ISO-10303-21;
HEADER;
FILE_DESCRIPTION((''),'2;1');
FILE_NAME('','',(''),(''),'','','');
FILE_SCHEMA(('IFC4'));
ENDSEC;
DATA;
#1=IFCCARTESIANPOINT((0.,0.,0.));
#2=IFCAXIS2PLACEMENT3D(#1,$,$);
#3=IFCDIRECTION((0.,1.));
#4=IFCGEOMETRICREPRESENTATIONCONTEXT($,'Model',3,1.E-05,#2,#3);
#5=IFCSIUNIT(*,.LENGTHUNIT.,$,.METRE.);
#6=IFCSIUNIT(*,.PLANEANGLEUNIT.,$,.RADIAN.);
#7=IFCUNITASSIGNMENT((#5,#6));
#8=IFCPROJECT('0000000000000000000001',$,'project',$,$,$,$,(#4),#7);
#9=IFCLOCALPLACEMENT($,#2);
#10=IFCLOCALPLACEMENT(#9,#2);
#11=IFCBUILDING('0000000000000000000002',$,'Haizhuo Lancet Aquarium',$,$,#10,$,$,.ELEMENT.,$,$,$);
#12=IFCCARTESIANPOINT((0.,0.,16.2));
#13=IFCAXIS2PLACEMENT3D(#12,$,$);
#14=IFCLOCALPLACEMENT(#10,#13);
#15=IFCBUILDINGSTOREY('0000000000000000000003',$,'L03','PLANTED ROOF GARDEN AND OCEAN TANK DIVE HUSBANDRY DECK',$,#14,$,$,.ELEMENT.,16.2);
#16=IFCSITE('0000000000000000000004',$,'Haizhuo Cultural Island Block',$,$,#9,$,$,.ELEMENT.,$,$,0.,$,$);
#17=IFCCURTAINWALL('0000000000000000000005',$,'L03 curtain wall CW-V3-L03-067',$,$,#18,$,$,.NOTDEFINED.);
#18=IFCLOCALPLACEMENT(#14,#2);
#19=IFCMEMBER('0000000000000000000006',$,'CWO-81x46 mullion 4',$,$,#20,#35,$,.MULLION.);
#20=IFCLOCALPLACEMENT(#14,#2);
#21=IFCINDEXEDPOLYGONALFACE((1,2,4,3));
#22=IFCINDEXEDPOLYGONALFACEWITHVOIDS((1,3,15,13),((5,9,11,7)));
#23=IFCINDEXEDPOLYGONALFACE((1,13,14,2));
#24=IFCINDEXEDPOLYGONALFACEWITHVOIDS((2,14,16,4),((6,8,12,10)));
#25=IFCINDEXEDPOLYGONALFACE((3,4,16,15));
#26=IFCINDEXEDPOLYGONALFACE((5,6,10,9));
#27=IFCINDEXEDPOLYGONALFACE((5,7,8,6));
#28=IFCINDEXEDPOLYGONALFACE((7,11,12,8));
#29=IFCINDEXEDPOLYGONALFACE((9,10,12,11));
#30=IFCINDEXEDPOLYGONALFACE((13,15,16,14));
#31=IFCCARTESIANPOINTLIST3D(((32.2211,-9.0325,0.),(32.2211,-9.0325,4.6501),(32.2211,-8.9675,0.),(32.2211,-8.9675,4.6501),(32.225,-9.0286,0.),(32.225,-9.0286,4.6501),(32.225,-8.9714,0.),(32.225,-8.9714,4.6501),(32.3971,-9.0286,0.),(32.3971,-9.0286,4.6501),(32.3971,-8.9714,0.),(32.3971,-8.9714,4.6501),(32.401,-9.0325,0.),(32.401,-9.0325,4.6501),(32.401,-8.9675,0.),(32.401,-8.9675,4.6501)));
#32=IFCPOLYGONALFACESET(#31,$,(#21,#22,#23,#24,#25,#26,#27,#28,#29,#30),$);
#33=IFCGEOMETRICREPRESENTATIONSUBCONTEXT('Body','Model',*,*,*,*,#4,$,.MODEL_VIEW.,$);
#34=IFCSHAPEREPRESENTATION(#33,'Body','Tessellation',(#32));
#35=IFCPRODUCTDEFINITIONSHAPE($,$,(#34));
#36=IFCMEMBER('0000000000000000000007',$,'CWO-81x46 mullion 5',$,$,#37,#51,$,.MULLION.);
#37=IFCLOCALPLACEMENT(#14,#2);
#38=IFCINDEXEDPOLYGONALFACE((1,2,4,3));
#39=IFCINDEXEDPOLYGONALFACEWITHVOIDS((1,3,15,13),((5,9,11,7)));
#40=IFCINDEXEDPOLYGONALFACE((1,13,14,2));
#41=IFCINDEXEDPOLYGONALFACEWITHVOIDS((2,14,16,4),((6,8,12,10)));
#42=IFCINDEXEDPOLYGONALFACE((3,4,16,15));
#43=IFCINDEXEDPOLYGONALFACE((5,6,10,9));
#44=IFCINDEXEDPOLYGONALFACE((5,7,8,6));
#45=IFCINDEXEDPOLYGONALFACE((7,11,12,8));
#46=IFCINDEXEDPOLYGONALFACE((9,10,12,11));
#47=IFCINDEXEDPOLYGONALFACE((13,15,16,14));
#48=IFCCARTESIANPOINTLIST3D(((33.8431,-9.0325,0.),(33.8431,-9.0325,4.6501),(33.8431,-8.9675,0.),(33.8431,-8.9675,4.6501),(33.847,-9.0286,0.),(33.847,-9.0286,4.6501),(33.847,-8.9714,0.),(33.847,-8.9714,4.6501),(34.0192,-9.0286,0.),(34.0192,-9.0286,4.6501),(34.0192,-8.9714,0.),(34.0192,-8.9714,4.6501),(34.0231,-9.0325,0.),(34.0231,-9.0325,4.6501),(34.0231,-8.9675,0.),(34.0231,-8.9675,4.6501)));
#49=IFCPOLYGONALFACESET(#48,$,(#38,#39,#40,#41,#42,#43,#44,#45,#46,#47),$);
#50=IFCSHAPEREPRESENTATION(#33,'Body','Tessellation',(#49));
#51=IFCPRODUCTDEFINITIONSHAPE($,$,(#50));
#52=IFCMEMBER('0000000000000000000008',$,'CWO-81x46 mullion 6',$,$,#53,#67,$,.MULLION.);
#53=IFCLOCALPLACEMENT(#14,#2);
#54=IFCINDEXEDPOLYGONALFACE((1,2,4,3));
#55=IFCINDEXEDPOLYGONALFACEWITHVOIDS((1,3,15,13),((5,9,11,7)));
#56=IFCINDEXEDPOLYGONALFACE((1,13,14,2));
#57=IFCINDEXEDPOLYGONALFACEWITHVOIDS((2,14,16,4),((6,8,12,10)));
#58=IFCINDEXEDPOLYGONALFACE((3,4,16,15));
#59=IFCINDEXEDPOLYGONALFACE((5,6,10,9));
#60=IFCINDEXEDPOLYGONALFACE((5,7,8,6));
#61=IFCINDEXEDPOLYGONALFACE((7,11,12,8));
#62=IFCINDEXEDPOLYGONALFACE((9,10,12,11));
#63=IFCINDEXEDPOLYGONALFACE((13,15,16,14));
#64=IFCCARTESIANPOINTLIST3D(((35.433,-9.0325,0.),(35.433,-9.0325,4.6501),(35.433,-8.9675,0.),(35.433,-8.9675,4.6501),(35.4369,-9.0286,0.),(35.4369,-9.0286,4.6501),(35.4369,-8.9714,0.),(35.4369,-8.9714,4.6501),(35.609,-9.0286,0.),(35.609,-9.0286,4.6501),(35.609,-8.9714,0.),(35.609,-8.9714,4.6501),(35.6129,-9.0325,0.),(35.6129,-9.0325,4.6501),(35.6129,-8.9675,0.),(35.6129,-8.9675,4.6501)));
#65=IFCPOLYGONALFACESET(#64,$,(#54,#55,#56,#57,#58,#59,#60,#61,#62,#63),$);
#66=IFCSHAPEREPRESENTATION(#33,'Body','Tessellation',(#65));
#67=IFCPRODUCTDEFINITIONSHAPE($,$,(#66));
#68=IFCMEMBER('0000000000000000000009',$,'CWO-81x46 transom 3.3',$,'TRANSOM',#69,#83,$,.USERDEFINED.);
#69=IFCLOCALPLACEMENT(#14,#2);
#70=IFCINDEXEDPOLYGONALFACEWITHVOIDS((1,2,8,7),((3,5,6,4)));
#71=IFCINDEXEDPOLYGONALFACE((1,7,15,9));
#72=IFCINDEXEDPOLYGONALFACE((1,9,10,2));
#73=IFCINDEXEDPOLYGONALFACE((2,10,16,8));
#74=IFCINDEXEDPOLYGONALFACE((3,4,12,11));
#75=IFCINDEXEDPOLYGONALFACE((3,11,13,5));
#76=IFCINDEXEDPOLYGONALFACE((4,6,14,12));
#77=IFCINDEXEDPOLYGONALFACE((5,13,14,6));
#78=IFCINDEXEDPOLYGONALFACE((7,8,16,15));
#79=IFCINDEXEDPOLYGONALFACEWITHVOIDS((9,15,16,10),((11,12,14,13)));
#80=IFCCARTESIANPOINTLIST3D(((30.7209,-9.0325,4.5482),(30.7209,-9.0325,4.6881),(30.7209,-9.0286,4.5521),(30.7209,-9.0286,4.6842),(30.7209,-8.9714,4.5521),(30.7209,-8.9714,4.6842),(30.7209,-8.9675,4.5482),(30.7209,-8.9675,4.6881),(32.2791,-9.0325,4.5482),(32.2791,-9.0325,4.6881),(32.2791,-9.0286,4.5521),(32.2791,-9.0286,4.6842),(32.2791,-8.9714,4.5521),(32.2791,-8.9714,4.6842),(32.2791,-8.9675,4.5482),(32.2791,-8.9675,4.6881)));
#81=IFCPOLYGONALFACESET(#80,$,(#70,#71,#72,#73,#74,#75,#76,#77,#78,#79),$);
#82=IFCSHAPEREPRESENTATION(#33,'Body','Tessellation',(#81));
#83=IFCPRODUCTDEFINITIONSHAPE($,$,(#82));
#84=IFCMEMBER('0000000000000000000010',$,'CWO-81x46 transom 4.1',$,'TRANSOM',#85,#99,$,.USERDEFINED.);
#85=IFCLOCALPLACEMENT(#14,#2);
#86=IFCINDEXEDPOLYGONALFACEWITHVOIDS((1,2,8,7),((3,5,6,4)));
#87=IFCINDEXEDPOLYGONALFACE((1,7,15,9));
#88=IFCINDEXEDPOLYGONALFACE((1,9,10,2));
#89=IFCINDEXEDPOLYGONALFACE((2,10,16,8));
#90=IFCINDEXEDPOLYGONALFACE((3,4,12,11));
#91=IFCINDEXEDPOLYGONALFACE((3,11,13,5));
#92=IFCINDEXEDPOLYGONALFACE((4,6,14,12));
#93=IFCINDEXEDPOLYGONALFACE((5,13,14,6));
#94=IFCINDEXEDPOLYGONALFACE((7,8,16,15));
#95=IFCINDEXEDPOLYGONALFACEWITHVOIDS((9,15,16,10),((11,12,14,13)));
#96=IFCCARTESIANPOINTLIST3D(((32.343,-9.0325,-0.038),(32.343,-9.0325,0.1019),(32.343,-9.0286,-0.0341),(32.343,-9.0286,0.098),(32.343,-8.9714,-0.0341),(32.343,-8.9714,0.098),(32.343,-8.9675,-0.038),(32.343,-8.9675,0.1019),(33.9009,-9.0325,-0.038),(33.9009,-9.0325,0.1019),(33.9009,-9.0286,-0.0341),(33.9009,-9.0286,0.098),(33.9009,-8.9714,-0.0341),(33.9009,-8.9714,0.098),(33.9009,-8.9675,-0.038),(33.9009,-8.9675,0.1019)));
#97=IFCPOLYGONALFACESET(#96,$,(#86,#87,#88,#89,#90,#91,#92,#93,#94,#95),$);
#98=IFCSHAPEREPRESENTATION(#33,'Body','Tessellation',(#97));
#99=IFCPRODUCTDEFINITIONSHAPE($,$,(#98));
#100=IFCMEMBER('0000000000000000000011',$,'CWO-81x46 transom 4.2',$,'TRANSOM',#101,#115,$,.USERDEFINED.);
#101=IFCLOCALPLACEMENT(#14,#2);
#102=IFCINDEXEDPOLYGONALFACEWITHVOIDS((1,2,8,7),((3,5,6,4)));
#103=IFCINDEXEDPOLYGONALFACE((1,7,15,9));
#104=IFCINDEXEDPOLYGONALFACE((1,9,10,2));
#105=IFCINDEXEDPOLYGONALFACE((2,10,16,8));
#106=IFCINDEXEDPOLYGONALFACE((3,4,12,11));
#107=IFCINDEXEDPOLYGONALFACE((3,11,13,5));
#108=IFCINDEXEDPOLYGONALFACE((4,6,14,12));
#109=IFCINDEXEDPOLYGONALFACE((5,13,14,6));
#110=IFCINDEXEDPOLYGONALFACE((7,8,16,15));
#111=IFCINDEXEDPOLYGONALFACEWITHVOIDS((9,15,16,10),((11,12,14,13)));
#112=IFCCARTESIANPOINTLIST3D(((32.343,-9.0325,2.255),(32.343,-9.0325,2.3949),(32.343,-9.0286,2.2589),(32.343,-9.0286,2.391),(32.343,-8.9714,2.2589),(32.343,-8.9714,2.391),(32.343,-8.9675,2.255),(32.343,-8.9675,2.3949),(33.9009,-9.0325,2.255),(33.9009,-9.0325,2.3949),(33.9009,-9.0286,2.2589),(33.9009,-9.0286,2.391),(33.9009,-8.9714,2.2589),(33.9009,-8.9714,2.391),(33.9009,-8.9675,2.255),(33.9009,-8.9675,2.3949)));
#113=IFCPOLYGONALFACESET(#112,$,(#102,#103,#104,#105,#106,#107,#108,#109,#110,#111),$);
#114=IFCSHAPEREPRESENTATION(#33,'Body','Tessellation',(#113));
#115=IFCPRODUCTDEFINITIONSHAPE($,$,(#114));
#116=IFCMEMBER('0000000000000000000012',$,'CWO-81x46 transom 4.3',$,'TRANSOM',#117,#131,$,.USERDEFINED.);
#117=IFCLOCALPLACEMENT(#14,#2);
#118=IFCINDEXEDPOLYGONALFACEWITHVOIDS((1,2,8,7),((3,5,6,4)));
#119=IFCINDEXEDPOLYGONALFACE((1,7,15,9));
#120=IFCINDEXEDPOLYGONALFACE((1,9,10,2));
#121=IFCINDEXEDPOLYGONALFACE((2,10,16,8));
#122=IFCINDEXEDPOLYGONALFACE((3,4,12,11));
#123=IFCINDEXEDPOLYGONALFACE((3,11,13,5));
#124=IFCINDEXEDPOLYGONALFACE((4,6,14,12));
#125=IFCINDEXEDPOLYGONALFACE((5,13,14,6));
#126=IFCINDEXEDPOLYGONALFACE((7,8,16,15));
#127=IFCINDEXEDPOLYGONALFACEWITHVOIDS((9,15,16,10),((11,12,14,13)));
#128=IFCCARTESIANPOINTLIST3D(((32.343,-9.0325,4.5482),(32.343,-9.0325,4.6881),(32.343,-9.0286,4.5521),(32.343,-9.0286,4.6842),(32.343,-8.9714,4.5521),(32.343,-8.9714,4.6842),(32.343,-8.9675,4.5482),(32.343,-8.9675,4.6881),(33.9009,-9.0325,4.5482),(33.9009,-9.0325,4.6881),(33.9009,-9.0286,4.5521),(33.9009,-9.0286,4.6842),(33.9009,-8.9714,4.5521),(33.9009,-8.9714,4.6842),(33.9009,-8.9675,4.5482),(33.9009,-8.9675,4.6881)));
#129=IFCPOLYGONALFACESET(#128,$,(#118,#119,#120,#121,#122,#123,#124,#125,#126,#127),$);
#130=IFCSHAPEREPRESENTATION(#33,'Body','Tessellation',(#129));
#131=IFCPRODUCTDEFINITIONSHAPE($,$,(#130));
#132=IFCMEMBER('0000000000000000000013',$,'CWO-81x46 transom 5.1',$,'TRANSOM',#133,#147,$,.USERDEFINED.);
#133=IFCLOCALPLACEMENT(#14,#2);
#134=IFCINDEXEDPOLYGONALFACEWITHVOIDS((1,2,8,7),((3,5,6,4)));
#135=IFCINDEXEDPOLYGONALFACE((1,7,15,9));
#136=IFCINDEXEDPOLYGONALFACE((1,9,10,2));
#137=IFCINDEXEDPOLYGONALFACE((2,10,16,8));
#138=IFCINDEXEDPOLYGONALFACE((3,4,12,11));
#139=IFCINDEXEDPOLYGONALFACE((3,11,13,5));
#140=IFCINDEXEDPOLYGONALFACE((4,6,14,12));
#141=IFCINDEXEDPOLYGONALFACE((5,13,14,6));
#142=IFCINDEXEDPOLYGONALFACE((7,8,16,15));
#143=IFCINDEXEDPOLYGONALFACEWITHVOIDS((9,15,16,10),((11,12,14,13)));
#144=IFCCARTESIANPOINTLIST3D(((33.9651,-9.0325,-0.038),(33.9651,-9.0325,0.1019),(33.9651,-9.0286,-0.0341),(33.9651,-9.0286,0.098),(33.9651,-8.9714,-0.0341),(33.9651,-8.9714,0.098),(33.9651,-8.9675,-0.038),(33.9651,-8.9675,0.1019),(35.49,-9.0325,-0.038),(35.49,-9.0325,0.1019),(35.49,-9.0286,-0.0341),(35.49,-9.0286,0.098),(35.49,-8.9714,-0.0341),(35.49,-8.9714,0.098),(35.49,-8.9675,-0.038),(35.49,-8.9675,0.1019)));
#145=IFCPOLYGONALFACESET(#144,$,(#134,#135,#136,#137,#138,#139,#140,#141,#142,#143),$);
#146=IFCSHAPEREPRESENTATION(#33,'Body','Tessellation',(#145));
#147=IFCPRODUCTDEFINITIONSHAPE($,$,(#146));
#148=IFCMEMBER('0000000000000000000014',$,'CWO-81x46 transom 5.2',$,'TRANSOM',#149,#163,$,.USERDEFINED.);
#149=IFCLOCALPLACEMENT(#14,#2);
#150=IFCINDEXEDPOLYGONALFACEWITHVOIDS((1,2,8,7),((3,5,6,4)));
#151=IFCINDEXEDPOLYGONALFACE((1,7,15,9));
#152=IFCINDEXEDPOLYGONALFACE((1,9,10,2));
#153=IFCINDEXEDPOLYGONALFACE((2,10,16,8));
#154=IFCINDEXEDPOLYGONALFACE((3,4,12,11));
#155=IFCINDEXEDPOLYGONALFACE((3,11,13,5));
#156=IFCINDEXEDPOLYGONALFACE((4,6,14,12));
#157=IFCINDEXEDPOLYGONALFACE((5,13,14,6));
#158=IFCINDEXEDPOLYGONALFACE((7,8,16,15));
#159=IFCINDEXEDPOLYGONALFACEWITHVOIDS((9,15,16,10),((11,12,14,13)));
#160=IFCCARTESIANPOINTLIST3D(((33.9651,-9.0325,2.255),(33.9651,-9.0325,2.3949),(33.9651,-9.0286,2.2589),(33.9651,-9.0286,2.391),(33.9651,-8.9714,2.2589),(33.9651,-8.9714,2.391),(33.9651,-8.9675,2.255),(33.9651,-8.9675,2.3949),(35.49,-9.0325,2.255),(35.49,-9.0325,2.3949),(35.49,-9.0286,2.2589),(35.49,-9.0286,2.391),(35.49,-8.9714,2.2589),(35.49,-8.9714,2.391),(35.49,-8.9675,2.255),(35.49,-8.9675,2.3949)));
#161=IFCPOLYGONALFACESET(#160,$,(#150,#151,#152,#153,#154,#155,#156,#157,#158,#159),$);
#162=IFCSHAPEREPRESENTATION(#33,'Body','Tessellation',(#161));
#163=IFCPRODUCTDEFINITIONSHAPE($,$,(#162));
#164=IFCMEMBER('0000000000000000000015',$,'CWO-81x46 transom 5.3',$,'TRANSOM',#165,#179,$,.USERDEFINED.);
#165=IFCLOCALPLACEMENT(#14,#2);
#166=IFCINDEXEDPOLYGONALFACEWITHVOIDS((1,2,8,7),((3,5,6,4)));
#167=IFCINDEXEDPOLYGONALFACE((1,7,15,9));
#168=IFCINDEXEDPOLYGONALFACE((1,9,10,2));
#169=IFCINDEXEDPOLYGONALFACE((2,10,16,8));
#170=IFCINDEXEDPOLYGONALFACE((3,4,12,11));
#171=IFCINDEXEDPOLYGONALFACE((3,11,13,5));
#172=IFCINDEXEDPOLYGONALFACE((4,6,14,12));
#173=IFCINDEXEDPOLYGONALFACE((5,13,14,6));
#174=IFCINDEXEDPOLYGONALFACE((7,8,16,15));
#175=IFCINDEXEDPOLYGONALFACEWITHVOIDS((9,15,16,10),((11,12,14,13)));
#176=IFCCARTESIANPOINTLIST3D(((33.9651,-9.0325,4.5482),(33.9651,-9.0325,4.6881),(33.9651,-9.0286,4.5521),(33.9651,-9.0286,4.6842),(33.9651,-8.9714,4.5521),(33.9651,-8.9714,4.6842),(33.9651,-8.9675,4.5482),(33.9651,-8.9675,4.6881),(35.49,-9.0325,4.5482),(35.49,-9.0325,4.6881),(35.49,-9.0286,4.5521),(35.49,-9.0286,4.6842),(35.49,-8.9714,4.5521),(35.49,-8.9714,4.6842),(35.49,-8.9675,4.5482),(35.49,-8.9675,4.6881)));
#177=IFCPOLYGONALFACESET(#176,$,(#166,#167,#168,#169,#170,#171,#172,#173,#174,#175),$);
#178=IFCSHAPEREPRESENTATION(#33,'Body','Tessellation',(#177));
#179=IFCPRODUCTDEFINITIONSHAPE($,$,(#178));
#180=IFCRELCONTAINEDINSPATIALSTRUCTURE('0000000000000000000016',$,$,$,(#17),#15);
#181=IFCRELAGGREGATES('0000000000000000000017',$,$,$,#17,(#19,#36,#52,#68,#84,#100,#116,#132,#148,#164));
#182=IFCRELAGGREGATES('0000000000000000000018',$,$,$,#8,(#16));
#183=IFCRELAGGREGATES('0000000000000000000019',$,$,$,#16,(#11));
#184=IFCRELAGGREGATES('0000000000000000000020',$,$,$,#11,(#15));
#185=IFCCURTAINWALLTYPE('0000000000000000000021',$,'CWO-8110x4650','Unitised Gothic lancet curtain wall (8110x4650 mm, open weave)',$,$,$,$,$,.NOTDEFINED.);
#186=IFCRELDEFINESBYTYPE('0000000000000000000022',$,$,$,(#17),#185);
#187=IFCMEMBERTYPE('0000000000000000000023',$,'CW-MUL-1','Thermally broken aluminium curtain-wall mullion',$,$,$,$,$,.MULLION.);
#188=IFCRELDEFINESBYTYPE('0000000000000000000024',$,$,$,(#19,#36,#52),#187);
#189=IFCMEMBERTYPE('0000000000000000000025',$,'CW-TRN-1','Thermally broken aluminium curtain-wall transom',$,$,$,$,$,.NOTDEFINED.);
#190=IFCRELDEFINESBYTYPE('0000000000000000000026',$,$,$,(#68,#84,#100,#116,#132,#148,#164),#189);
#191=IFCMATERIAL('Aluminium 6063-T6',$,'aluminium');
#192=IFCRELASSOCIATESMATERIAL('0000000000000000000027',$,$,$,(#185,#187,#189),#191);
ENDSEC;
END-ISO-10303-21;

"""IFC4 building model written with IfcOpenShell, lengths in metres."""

from ifc_helpers import new_model, si_unit, direction, frame, origin, origin_2d, place, context, subcontext, project, spatial, hollow_rectangle, extrude, material, material_profile, profile_set, type_object, element, aggregate, save


model = new_model("IFC4")

# Units and contexts
model_context = context("Model", 3, precision=1e-05, world=origin(), true_north=direction((0.0, 1.0)))
body_context = subcontext(model_context, "Body", "Model", "MODEL_VIEW")
ifc_project = project(units=[si_unit("LENGTHUNIT", "METRE"), si_unit("PLANEANGLEUNIT", "RADIAN")], contexts=[model_context])

# Site, building, storey
site_placement = place(None, origin())
site = spatial("IfcSite", under=ifc_project, at=site_placement, Name="Haizhuo Cultural Island Block", CompositionType="ELEMENT", RefElevation=0.0)
building_placement = place(site_placement, origin())
building = spatial("IfcBuilding", under=site, at=building_placement, Name="Haizhuo Lancet Aquarium", CompositionType="ELEMENT")
storey_placement = place(building_placement, frame((0.0, 0.0, 16.2)))
storey = spatial("IfcBuildingStorey", under=building, at=storey_placement, Name="L03", Description="PLANTED ROOF GARDEN AND OCEAN TANK DIVE HUSBANDRY DECK", CompositionType="ELEMENT", Elevation=16.2)

# Curtain wall, members
ifc_material_1 = material(Name="Aluminium 6063-T6", Category="aluminium")
curtain_wall_type = type_object("IfcCurtainWallType", Name="CWO-8110x4650", Description="Unitised Gothic lancet curtain wall (8110x4650 mm, open weave)", PredefinedType="NOTDEFINED", material=ifc_material_1)
curtain_wall_placement = place(storey_placement, origin())
curtain_wall = element("IfcCurtainWall", 1, at=curtain_wall_placement, inside=storey, type_object=curtain_wall_type, Name="L03 curtain wall CW-V3-L03-067", PredefinedType="NOTDEFINED")
ifc_material_profile_1 = material_profile(ifc_material_1, hollow_rectangle(XDim=0.0649, YDim=0.1799, WallThickness=0.0039, at=origin_2d()), Name="ALU-M 65x180x4")
ifc_profile_set_1 = profile_set([ifc_material_profile_1], Name="Aluminium 6063-T6")
member_type_1 = type_object("IfcMemberType", Name="CW-MUL-1", Description="Thermally broken aluminium curtain-wall mullion", PredefinedType="MULLION", material=ifc_profile_set_1)
member_1_placement = place(storey_placement, frame((32.311, -9.0, 0.0), z_axis=(0.0, 0.0, 1.0), x_axis=(0.0, 1.0, 0.0)))
member_1 = element("IfcMember", 2, at=member_1_placement, type_object=member_type_1, Name="CWO-81x46 mullion 4", PredefinedType="MULLION", context=body_context, shape_type="SweptSolid", body=[
    extrude(hollow_rectangle(XDim=0.0649, YDim=0.1799, WallThickness=0.0039, at=origin_2d()), origin(), (0.0, 0.0, 1.0), 4.6501),
])
member_2_placement = place(storey_placement, frame((33.9331, -9.0, 0.0), z_axis=(0.0, 0.0, 1.0), x_axis=(0.0, 1.0, 0.0)))
member_2 = element("IfcMember", 3, at=member_2_placement, type_object=member_type_1, Name="CWO-81x46 mullion 5", PredefinedType="MULLION", context=body_context, shape_type="SweptSolid", body=[
    extrude(hollow_rectangle(XDim=0.0649, YDim=0.1799, WallThickness=0.0039, at=origin_2d()), origin(), (0.0, 0.0, 1.0), 4.6501),
])
member_3_placement = place(storey_placement, frame((35.5229, -9.0, 0.0), z_axis=(0.0, 0.0, 1.0), x_axis=(0.0, 1.0, 0.0)))
member_3 = element("IfcMember", 4, at=member_3_placement, type_object=member_type_1, Name="CWO-81x46 mullion 6", PredefinedType="MULLION", context=body_context, shape_type="SweptSolid", body=[
    extrude(hollow_rectangle(XDim=0.0649, YDim=0.1799, WallThickness=0.0039, at=origin_2d()), origin(), (0.0, 0.0, 1.0), 4.6501),
])
ifc_material_profile_2 = material_profile(ifc_material_1, hollow_rectangle(XDim=0.0649, YDim=0.1399, WallThickness=0.0039, at=origin_2d()), Name="ALU-T 65x140x4")
ifc_profile_set_2 = profile_set([ifc_material_profile_2], Name="Aluminium 6063-T6")
member_type_2 = type_object("IfcMemberType", Name="CW-TRN-1", Description="Thermally broken aluminium curtain-wall transom", PredefinedType="NOTDEFINED", material=ifc_profile_set_2)
member_4_placement = place(storey_placement, frame((30.7209, -9.0, 4.6182), z_axis=(1.0, 0.0, 0.0), x_axis=(0.0, 1.0, 0.0)))
member_4 = element("IfcMember", 5, at=member_4_placement, type_object=member_type_2, Name="CWO-81x46 transom 3.3", ObjectType="TRANSOM", PredefinedType="USERDEFINED", context=body_context, shape_type="SweptSolid", body=[
    extrude(hollow_rectangle(XDim=0.0649, YDim=0.1399, WallThickness=0.0039, at=origin_2d()), origin(), (0.0, 0.0, 1.0), 1.5581),
])
member_5_placement = place(storey_placement, frame((32.343, -9.0, 0.032), z_axis=(1.0, 0.0, 0.0), x_axis=(0.0, 1.0, 0.0)))
member_5 = element("IfcMember", 6, at=member_5_placement, type_object=member_type_2, Name="CWO-81x46 transom 4.1", ObjectType="TRANSOM", PredefinedType="USERDEFINED", context=body_context, shape_type="SweptSolid", body=[
    extrude(hollow_rectangle(XDim=0.0649, YDim=0.1399, WallThickness=0.0039, at=origin_2d()), origin(), (0.0, 0.0, 1.0), 1.5579),
])
member_6_placement = place(storey_placement, frame((32.343, -9.0, 2.325), z_axis=(1.0, 0.0, 0.0), x_axis=(0.0, 1.0, 0.0)))
member_6 = element("IfcMember", 7, at=member_6_placement, type_object=member_type_2, Name="CWO-81x46 transom 4.2", ObjectType="TRANSOM", PredefinedType="USERDEFINED", context=body_context, shape_type="SweptSolid", body=[
    extrude(hollow_rectangle(XDim=0.0649, YDim=0.1399, WallThickness=0.0039, at=origin_2d()), origin(), (0.0, 0.0, 1.0), 1.5579),
])
member_7_placement = place(storey_placement, frame((32.343, -9.0, 4.6182), z_axis=(1.0, 0.0, 0.0), x_axis=(0.0, 1.0, 0.0)))
member_7 = element("IfcMember", 8, at=member_7_placement, type_object=member_type_2, Name="CWO-81x46 transom 4.3", ObjectType="TRANSOM", PredefinedType="USERDEFINED", context=body_context, shape_type="SweptSolid", body=[
    extrude(hollow_rectangle(XDim=0.0649, YDim=0.1399, WallThickness=0.0039, at=origin_2d()), origin(), (0.0, 0.0, 1.0), 1.5579),
])
member_8_placement = place(storey_placement, frame((33.9651, -9.0, 0.032), z_axis=(1.0, 0.0, 0.0), x_axis=(0.0, 1.0, 0.0)))
member_8 = element("IfcMember", 9, at=member_8_placement, type_object=member_type_2, Name="CWO-81x46 transom 5.1", ObjectType="TRANSOM", PredefinedType="USERDEFINED", context=body_context, shape_type="SweptSolid", body=[
    extrude(hollow_rectangle(XDim=0.0649, YDim=0.1399, WallThickness=0.0039, at=origin_2d()), origin(), (0.0, 0.0, 1.0), 1.5249),
])
member_9_placement = place(storey_placement, frame((33.9651, -9.0, 2.325), z_axis=(1.0, 0.0, 0.0), x_axis=(0.0, 1.0, 0.0)))
member_9 = element("IfcMember", 10, at=member_9_placement, type_object=member_type_2, Name="CWO-81x46 transom 5.2", ObjectType="TRANSOM", PredefinedType="USERDEFINED", context=body_context, shape_type="SweptSolid", body=[
    extrude(hollow_rectangle(XDim=0.0649, YDim=0.1399, WallThickness=0.0039, at=origin_2d()), origin(), (0.0, 0.0, 1.0), 1.5249),
])
member_10_placement = place(storey_placement, frame((33.9651, -9.0, 4.6182), z_axis=(1.0, 0.0, 0.0), x_axis=(0.0, 1.0, 0.0)))
member_10 = element("IfcMember", 11, at=member_10_placement, type_object=member_type_2, Name="CWO-81x46 transom 5.3", ObjectType="TRANSOM", PredefinedType="USERDEFINED", context=body_context, shape_type="SweptSolid", body=[
    extrude(hollow_rectangle(XDim=0.0649, YDim=0.1399, WallThickness=0.0039, at=origin_2d()), origin(), (0.0, 0.0, 1.0), 1.5249),
])

aggregate(curtain_wall, [member_1, member_2, member_3, member_4, member_5, member_6, member_7, member_8, member_9, member_10])

save(model, "model.ifc")
